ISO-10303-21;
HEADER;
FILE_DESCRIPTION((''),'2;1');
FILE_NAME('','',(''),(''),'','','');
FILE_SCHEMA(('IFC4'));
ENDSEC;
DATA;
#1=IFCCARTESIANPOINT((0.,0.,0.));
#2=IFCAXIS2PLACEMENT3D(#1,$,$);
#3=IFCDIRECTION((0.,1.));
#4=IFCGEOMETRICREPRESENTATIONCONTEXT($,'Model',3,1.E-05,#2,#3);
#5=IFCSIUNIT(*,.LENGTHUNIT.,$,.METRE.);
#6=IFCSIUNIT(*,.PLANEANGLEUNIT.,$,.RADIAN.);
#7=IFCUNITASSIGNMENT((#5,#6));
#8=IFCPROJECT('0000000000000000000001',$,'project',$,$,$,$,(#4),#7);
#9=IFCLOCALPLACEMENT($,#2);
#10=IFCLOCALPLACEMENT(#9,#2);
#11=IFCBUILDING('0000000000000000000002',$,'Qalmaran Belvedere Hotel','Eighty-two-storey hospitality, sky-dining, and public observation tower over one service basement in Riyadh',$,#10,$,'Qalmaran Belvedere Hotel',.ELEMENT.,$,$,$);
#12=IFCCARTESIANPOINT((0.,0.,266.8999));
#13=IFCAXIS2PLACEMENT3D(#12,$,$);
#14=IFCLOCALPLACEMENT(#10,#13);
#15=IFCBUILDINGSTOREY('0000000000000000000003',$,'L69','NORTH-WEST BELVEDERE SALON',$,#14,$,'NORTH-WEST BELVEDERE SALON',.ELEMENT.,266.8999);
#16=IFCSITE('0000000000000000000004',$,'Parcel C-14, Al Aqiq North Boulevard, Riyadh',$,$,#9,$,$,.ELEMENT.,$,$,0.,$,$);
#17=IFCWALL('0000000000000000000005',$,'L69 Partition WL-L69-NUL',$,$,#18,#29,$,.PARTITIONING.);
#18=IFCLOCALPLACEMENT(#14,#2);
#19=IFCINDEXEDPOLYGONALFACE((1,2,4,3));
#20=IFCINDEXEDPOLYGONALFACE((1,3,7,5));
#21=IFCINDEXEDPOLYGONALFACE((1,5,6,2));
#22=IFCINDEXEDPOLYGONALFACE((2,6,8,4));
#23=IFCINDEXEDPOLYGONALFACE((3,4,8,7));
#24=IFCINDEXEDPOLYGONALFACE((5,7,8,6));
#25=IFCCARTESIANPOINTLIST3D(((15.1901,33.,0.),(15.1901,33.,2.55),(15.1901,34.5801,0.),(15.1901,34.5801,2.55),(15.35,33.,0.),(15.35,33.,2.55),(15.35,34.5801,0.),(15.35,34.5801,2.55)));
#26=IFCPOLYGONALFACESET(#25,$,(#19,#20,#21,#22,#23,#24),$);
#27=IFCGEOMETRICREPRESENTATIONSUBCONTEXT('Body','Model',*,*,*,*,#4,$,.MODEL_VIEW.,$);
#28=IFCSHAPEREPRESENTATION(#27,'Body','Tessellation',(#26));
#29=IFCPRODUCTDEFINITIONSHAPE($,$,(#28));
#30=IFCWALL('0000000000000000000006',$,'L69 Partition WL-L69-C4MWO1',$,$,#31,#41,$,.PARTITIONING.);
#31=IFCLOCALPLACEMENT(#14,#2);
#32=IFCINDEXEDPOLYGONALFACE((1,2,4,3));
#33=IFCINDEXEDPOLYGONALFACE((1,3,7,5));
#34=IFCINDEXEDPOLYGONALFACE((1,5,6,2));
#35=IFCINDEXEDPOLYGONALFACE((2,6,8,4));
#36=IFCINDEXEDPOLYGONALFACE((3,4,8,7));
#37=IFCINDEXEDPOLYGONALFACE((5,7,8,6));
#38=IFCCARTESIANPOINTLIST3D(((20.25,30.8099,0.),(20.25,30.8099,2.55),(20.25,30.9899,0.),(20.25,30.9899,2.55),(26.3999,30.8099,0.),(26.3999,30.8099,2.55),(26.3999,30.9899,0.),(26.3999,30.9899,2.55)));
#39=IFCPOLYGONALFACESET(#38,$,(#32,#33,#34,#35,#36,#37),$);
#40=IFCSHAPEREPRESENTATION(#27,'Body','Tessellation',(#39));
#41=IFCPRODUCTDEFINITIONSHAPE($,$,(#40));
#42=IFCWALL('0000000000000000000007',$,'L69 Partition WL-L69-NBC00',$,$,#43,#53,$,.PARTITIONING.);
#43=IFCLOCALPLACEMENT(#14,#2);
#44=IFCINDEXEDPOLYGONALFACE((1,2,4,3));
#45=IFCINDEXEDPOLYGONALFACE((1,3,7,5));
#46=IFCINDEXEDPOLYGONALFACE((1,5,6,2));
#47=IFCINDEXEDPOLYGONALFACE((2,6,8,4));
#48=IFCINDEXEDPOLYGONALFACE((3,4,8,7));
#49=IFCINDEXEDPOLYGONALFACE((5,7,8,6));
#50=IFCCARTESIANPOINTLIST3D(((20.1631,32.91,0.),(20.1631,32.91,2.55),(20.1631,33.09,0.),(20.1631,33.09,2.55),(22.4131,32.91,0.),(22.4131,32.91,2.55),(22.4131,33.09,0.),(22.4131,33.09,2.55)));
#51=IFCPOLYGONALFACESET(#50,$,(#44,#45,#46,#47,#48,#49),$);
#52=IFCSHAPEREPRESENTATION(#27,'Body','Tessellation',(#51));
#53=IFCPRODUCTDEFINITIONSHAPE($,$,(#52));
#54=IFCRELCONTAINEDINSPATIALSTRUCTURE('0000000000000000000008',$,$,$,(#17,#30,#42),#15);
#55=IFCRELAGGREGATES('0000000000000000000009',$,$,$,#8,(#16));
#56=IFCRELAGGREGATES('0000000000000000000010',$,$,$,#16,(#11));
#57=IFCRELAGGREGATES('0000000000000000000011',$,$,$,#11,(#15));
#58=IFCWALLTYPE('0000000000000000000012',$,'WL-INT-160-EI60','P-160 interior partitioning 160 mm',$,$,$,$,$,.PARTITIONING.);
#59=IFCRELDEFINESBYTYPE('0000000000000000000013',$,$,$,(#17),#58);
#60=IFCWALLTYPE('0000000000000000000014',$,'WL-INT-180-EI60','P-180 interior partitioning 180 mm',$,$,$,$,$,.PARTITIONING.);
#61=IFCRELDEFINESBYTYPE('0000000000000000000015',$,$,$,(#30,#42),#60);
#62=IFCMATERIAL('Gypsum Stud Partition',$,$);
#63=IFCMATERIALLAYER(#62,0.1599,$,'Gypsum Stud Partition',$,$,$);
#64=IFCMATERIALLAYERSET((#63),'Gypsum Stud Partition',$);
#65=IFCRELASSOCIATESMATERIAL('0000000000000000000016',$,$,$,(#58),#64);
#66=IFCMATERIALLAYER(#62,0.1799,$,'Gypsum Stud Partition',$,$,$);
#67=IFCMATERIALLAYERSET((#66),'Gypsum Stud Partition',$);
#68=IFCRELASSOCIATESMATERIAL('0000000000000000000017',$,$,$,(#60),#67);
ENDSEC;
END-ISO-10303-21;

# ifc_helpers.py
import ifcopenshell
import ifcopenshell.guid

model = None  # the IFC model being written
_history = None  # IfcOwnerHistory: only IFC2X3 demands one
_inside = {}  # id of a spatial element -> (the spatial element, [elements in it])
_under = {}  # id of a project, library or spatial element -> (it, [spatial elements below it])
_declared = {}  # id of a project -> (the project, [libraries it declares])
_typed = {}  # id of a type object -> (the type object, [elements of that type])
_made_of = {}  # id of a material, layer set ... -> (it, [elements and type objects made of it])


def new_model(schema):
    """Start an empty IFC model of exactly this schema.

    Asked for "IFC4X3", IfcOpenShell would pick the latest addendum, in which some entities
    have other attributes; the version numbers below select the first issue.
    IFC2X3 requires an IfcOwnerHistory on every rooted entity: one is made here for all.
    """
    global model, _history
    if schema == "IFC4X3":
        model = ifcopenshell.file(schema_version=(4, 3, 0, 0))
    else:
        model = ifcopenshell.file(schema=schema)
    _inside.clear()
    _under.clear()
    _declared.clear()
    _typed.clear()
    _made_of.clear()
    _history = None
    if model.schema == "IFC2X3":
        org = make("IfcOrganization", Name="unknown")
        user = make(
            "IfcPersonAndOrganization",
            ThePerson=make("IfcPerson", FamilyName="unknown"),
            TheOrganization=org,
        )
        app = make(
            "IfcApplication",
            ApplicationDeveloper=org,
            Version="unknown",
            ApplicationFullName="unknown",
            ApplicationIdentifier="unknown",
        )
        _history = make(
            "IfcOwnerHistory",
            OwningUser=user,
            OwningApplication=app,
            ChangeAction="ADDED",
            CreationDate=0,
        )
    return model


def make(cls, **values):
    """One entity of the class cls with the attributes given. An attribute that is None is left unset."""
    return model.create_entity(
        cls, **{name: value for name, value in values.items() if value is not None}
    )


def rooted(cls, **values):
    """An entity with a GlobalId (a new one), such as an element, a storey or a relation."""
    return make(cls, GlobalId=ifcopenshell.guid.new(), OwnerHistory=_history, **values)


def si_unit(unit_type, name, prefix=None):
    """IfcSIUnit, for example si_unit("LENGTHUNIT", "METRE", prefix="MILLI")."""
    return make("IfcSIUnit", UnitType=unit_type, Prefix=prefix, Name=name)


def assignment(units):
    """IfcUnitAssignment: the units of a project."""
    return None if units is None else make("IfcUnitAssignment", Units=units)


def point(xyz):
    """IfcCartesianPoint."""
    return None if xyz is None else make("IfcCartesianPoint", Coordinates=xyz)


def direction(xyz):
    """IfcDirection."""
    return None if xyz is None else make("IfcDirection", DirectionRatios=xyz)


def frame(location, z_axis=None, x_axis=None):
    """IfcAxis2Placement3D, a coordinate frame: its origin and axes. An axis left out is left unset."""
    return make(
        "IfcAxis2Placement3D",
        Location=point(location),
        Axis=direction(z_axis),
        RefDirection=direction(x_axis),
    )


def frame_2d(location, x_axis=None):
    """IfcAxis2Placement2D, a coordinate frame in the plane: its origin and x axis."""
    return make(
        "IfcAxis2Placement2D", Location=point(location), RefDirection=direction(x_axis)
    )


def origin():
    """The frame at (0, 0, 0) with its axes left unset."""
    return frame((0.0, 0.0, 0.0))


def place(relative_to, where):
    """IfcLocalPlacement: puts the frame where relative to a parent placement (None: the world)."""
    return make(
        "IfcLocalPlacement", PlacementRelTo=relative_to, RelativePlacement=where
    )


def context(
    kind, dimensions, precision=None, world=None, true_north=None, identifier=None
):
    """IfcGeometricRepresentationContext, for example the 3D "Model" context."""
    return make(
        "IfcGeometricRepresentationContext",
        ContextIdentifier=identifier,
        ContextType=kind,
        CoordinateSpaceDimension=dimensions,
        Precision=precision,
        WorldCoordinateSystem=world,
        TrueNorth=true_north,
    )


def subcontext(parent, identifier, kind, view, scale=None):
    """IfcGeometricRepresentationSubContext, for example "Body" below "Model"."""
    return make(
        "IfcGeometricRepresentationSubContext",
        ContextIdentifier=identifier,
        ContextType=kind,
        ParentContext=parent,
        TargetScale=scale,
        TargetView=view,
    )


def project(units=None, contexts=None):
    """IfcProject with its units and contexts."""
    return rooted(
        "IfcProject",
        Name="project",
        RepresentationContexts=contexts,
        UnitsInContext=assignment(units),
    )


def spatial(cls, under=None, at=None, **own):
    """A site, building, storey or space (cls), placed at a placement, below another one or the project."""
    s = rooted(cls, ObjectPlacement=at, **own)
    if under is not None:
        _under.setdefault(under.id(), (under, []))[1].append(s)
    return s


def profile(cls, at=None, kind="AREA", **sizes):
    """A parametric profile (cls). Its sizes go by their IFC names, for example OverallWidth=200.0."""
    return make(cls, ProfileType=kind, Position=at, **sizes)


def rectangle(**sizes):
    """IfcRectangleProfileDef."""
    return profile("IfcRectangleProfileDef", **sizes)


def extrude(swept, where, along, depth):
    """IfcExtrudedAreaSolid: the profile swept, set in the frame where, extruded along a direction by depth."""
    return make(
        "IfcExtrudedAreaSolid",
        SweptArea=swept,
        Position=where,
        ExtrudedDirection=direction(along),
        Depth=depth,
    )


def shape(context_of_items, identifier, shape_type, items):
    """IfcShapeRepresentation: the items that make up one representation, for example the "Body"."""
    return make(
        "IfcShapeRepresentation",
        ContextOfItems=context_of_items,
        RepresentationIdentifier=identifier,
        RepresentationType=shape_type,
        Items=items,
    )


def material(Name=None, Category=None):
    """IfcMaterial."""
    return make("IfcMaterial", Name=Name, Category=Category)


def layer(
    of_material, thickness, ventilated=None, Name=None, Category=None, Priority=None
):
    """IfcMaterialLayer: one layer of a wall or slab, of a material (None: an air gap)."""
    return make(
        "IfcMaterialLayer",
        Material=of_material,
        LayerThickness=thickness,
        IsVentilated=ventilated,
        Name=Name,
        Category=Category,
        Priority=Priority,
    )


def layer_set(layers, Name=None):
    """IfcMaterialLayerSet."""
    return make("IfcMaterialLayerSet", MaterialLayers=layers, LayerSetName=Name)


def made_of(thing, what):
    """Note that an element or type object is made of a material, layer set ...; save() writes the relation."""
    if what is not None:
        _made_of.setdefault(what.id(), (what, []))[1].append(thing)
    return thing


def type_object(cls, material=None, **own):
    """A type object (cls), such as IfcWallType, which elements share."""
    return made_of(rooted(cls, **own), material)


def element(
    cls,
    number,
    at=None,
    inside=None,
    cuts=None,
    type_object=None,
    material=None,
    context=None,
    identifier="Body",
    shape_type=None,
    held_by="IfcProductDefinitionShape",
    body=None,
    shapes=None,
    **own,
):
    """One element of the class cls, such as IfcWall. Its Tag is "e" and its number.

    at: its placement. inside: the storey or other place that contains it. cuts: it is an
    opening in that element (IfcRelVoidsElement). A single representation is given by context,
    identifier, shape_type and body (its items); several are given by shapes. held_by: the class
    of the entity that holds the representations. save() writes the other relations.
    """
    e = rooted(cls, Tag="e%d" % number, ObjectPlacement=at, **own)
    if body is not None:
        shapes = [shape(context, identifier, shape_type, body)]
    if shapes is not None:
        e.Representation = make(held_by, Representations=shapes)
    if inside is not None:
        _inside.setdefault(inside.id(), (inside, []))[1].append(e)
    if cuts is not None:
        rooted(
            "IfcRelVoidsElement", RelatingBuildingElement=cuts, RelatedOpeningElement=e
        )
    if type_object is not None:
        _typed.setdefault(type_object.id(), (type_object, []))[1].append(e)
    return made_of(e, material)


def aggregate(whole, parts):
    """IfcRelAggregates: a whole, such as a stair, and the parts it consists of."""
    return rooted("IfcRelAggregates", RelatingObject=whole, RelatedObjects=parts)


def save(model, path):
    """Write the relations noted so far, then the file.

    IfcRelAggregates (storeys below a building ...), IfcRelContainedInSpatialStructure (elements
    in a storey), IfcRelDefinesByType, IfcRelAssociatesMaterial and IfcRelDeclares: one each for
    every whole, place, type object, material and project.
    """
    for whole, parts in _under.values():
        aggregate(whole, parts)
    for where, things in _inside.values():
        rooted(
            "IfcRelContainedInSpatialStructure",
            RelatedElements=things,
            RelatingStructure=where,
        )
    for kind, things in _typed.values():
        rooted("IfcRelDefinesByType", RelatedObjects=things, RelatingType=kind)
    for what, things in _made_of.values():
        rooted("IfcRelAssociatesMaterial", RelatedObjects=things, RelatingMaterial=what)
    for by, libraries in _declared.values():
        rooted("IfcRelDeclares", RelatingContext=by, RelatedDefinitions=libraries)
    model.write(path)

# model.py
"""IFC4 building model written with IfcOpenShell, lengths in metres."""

from ifc_helpers import new_model, si_unit, direction, frame, frame_2d, origin, place, context, subcontext, project, spatial, rectangle, extrude, material, layer, layer_set, type_object, element, save


model = new_model("IFC4")

# Units and contexts
model_context = context("Model", 3, precision=1e-05, world=origin(), true_north=direction((0.0, 1.0)))
body_context = subcontext(model_context, "Body", "Model", "MODEL_VIEW")
ifc_project = project(units=[si_unit("LENGTHUNIT", "METRE"), si_unit("PLANEANGLEUNIT", "RADIAN")], contexts=[model_context])

# Site, building, storey
site_placement = place(None, origin())
site = spatial("IfcSite", under=ifc_project, at=site_placement, Name="Parcel C-14, Al Aqiq North Boulevard, Riyadh", CompositionType="ELEMENT", RefElevation=0.0)
building_placement = place(site_placement, origin())
building = spatial("IfcBuilding", under=site, at=building_placement, Name="Qalmaran Belvedere Hotel", Description="Eighty-two-storey hospitality, sky-dining, and public observation tower over one service basement in Riyadh", LongName="Qalmaran Belvedere Hotel", CompositionType="ELEMENT")
storey_placement = place(building_placement, frame((0.0, 0.0, 266.8999)))
storey = spatial("IfcBuildingStorey", under=building, at=storey_placement, Name="L69", Description="NORTH-WEST BELVEDERE SALON", LongName="NORTH-WEST BELVEDERE SALON", CompositionType="ELEMENT", Elevation=266.8999)

# Walls
ifc_material_1 = material(Name="Gypsum Stud Partition")
ifc_layer_1 = layer(ifc_material_1, 0.1599, Name="Gypsum Stud Partition")
ifc_layer_set_1 = layer_set([ifc_layer_1], Name="Gypsum Stud Partition")
wall_type_1 = type_object("IfcWallType", Name="WL-INT-160-EI60", Description="P-160 interior partitioning 160 mm", PredefinedType="PARTITIONING", material=ifc_layer_set_1)
wall_1_placement = place(storey_placement, frame((15.27, 33.0, 0.0), z_axis=(0.0, 0.0, 1.0), x_axis=(0.0, 1.0, 0.0)))
element("IfcWall", 1, at=wall_1_placement, inside=storey, type_object=wall_type_1, Name="L69 Partition WL-L69-NUL", PredefinedType="PARTITIONING", context=body_context, shape_type="SweptSolid", body=[
    extrude(rectangle(XDim=1.5801, YDim=0.1599, at=frame_2d((0.79, 0.0))), origin(), (0.0, 0.0, 1.0), 2.55),
])
ifc_layer_2 = layer(ifc_material_1, 0.1799, Name="Gypsum Stud Partition")
ifc_layer_set_2 = layer_set([ifc_layer_2], Name="Gypsum Stud Partition")
wall_type_2 = type_object("IfcWallType", Name="WL-INT-180-EI60", Description="P-180 interior partitioning 180 mm", PredefinedType="PARTITIONING", material=ifc_layer_set_2)
wall_2_placement = place(storey_placement, frame((20.25, 30.8999, 0.0), z_axis=(0.0, 0.0, 1.0), x_axis=(1.0, 0.0, 0.0)))
element("IfcWall", 2, at=wall_2_placement, inside=storey, type_object=wall_type_2, Name="L69 Partition WL-L69-C4MWO1", PredefinedType="PARTITIONING", context=body_context, shape_type="SweptSolid", body=[
    extrude(rectangle(XDim=6.1499, YDim=0.1799, at=frame_2d((3.075, 0.0))), origin(), (0.0, 0.0, 1.0), 2.55),
])
wall_3_placement = place(storey_placement, frame((20.1631, 33.0, 0.0), z_axis=(0.0, 0.0, 1.0), x_axis=(1.0, 0.0, 0.0)))
element("IfcWall", 3, at=wall_3_placement, inside=storey, type_object=wall_type_2, Name="L69 Partition WL-L69-NBC00", PredefinedType="PARTITIONING", context=body_context, shape_type="SweptSolid", body=[
    extrude(rectangle(XDim=2.25, YDim=0.1799, at=frame_2d((1.125, 0.0))), origin(), (0.0, 0.0, 1.0), 2.55),
])

save(model, "model.ifc")
